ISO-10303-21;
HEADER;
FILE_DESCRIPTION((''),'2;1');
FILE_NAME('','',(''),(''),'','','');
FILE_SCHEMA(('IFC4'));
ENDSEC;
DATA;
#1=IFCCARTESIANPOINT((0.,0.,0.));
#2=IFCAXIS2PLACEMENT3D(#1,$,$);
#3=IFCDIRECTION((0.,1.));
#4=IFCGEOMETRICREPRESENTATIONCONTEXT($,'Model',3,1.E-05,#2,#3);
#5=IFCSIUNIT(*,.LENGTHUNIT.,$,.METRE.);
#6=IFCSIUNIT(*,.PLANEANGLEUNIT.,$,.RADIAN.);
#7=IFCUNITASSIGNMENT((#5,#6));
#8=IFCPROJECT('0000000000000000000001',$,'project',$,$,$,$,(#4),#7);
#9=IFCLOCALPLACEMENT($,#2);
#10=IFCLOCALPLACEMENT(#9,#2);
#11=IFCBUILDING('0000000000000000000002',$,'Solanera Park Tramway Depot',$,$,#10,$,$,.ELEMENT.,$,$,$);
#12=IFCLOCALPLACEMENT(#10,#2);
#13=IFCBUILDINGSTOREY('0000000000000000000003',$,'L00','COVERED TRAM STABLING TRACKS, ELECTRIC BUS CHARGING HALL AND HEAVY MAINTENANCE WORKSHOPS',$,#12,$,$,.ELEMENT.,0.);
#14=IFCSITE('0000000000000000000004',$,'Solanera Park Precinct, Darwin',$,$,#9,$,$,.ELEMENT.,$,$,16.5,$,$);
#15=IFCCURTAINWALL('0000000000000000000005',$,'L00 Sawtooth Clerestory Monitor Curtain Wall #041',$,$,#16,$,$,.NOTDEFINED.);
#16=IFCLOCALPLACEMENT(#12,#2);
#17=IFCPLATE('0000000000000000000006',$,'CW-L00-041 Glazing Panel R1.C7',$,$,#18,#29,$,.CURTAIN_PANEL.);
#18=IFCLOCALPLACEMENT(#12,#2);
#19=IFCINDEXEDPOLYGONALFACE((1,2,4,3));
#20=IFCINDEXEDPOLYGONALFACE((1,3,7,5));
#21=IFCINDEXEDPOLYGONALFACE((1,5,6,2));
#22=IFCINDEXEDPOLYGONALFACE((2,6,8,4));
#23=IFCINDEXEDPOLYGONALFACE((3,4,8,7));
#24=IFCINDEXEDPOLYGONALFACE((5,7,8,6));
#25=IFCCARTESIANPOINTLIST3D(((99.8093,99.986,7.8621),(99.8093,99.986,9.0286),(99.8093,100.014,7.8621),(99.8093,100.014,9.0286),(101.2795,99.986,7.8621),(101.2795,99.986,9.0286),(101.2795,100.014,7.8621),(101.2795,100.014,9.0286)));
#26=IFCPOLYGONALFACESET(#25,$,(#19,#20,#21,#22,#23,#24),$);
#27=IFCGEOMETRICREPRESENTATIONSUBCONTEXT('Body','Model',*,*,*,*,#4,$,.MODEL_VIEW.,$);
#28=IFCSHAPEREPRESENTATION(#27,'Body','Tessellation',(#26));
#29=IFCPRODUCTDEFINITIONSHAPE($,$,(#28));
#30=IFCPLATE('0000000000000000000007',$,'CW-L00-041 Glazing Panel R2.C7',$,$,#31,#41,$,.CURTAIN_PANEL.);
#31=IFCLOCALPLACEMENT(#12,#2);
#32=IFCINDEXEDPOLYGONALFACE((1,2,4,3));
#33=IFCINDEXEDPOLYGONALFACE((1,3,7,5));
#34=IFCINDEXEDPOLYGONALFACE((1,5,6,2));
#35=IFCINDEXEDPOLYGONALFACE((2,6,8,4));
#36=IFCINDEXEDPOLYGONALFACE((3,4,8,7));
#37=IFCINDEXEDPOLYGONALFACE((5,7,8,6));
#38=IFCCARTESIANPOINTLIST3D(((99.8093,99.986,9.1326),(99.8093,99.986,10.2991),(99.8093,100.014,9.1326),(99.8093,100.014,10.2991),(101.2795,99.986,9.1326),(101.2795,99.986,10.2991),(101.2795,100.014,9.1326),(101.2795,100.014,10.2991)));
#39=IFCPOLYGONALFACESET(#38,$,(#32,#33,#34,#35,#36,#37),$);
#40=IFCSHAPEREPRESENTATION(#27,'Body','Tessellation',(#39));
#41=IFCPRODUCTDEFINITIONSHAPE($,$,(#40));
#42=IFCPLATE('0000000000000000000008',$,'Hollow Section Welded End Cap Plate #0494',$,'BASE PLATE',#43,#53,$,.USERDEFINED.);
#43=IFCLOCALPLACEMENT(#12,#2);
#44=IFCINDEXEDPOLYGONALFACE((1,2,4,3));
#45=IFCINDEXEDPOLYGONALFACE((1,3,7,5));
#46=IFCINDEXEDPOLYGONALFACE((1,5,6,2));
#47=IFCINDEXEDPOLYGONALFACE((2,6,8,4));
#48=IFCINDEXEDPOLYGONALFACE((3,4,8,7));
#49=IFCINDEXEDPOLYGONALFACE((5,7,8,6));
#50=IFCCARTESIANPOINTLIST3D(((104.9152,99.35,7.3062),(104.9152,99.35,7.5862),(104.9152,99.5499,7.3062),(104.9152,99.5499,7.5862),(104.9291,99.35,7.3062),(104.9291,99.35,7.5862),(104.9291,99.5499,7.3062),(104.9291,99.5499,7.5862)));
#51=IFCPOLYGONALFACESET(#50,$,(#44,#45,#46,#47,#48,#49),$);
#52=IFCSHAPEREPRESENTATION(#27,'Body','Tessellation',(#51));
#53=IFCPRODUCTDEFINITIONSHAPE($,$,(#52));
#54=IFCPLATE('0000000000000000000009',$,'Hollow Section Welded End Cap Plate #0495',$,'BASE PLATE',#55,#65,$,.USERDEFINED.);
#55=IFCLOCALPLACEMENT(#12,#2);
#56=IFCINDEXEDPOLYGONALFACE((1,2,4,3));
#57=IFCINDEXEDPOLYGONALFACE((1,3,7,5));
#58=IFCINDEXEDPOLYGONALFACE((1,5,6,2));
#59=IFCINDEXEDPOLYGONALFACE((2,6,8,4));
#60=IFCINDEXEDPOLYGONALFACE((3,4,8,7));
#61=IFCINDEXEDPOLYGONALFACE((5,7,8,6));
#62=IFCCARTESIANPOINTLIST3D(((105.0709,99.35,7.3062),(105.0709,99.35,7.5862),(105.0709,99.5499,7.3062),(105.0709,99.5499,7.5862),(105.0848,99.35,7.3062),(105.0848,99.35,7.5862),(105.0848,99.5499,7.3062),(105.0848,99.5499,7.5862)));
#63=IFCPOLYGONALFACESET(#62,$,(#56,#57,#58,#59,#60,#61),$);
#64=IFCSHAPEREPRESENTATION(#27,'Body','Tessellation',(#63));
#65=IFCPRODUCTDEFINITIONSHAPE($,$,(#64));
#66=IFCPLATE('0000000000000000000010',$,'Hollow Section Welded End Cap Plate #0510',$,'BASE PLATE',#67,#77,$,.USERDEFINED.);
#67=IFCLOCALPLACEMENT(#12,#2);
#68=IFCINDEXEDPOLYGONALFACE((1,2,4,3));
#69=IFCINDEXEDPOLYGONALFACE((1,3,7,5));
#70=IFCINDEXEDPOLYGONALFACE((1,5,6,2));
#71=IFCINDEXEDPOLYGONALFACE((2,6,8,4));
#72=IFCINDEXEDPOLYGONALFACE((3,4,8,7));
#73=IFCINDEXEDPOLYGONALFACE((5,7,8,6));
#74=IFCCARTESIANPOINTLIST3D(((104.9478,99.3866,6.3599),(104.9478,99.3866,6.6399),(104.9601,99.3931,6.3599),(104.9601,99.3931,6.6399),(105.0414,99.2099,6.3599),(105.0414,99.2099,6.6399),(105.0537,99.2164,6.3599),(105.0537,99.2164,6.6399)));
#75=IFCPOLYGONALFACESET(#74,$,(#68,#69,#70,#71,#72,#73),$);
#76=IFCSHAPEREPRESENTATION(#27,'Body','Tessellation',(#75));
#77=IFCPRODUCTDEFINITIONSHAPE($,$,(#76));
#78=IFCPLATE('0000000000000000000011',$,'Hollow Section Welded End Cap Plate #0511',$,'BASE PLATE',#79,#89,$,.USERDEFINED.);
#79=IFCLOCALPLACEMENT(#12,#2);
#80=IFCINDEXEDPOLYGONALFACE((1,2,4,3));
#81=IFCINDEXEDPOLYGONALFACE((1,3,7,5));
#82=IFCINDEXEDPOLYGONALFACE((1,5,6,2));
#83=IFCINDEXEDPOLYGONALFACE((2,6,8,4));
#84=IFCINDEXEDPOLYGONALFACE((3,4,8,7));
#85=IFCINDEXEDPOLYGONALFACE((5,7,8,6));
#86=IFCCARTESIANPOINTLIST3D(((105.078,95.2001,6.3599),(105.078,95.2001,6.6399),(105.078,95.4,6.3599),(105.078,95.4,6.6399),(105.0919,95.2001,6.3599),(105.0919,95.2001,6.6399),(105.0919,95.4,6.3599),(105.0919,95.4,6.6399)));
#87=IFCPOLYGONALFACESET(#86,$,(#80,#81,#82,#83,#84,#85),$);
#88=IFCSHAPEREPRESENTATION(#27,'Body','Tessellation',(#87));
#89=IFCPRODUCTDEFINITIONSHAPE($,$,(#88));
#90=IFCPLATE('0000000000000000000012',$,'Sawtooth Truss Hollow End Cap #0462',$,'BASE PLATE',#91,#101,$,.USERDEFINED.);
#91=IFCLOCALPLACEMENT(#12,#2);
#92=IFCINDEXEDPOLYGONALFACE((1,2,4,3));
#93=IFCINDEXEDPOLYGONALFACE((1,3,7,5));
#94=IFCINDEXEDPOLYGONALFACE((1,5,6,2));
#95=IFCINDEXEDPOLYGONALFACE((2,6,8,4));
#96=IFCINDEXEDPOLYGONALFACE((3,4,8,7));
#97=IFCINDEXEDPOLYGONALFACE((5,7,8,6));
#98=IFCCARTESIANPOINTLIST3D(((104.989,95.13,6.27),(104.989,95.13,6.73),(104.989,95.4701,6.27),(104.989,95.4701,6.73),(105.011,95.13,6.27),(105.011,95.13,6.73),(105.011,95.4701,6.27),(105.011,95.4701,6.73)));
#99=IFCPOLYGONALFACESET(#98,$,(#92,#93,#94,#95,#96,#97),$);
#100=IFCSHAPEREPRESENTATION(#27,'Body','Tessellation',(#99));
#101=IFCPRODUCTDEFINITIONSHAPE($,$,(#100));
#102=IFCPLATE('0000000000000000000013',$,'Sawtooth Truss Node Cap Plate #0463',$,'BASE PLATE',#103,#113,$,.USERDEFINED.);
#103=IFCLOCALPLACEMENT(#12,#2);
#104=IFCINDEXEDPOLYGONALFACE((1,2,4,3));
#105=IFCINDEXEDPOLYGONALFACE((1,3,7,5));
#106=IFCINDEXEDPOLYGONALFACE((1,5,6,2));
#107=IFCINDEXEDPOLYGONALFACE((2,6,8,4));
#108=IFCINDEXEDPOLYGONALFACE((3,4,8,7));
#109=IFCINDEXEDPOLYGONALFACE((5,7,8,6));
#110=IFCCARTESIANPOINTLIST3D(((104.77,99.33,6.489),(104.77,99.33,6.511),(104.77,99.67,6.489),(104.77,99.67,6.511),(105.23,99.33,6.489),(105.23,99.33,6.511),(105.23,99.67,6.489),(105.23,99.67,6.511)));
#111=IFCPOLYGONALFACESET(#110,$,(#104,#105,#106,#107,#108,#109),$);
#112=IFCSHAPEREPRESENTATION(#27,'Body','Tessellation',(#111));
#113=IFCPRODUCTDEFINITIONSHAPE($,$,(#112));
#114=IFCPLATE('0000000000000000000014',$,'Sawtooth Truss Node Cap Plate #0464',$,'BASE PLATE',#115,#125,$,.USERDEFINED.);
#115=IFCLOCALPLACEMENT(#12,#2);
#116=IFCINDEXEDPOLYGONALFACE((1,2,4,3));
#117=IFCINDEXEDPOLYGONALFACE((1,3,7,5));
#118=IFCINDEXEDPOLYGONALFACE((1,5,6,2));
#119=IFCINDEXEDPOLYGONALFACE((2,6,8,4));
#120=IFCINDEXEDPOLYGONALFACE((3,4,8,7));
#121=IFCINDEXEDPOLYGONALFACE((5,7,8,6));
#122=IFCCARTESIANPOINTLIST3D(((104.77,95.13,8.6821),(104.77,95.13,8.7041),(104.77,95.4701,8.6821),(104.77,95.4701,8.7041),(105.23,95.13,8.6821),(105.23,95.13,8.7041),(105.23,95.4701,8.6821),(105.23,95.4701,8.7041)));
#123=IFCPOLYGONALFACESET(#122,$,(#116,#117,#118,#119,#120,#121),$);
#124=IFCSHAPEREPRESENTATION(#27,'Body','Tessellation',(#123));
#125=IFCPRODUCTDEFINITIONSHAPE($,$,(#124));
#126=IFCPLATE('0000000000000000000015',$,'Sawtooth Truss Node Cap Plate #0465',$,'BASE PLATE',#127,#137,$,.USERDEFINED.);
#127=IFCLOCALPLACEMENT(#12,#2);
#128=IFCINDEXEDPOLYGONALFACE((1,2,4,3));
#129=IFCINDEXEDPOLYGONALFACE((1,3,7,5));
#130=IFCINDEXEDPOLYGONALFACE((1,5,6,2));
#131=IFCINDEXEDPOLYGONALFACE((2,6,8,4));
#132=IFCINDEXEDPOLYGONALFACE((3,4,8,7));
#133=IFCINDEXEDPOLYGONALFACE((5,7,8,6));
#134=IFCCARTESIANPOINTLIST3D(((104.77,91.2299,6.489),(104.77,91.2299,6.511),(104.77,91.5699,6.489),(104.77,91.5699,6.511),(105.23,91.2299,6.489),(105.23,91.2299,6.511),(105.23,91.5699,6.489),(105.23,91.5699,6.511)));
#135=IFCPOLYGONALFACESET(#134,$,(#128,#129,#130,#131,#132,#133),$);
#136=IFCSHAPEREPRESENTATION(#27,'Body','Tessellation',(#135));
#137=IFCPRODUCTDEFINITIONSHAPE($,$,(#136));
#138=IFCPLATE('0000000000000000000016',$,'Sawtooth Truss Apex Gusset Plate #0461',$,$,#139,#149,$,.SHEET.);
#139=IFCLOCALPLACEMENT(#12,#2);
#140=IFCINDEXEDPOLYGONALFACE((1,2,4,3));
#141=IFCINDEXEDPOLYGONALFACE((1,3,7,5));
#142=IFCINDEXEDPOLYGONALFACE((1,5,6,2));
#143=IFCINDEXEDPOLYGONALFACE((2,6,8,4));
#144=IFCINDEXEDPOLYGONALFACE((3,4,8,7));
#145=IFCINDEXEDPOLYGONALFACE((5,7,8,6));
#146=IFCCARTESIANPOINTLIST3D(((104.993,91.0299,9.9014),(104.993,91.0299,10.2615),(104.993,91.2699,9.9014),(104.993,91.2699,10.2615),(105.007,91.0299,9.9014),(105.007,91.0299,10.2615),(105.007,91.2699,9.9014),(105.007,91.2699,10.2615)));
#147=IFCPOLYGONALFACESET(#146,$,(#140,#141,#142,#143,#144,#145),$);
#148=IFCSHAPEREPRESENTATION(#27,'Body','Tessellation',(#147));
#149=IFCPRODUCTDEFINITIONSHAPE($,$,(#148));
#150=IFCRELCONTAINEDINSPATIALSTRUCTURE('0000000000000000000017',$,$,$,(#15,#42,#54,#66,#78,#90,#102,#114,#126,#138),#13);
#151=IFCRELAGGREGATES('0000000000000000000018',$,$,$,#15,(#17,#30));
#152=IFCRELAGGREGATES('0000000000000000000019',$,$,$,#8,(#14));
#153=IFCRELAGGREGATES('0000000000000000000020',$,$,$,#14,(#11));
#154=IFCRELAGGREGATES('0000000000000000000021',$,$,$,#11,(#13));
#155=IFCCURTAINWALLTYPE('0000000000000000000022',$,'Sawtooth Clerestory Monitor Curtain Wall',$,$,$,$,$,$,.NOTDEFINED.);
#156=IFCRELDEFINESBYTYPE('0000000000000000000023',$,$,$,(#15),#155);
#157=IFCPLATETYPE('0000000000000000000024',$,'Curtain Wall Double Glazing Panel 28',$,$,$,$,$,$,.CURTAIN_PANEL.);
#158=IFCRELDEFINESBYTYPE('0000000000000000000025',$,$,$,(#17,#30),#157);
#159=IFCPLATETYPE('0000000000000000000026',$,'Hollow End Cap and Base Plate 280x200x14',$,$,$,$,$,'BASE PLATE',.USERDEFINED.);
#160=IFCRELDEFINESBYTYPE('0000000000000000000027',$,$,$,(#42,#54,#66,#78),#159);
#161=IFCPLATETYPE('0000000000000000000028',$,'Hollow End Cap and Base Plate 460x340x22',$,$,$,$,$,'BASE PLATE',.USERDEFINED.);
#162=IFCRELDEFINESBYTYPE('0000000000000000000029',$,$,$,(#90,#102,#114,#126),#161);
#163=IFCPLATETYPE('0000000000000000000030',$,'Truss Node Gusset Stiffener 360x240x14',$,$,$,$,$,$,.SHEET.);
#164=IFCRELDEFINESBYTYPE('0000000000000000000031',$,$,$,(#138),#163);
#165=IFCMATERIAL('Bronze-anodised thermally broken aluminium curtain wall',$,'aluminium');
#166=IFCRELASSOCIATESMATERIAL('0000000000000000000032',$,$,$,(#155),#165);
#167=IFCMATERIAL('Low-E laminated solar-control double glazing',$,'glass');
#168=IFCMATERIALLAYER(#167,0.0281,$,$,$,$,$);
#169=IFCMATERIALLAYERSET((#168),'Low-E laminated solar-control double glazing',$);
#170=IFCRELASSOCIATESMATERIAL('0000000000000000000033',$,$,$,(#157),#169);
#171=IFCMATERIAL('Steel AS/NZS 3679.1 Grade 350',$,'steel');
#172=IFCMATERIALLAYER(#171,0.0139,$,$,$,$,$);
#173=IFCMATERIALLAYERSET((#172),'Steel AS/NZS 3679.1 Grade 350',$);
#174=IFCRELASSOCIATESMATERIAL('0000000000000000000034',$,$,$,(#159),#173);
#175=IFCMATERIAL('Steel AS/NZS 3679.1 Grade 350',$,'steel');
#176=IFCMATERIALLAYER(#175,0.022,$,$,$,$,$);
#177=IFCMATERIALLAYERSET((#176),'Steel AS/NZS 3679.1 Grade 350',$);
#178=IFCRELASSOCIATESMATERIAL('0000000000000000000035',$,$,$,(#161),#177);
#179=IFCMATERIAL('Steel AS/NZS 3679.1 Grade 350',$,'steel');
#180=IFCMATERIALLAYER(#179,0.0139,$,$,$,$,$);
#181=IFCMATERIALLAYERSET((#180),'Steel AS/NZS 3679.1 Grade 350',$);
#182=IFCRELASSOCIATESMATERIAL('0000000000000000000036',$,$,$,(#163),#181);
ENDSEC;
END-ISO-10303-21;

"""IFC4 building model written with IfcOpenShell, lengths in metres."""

from ifc_helpers import new_model, si_unit, direction, frame, origin, origin_2d, place, context, subcontext, project, spatial, rectangle, extrude, material, layer, layer_set, type_object, element, aggregate, save


model = new_model("IFC4")

# Units and contexts
model_context = context("Model", 3, precision=1e-05, world=origin(), true_north=direction((0.0, 1.0)))
body_context = subcontext(model_context, "Body", "Model", "MODEL_VIEW")
ifc_project = project(units=[si_unit("LENGTHUNIT", "METRE"), si_unit("PLANEANGLEUNIT", "RADIAN")], contexts=[model_context])

# Site, building, storey
site_placement = place(None, origin())
site = spatial("IfcSite", under=ifc_project, at=site_placement, Name="Solanera Park Precinct, Darwin", CompositionType="ELEMENT", RefElevation=16.5)
building_placement = place(site_placement, origin())
building = spatial("IfcBuilding", under=site, at=building_placement, Name="Solanera Park Tramway Depot", CompositionType="ELEMENT")
storey_placement = place(building_placement, origin())
storey = spatial("IfcBuildingStorey", under=building, at=storey_placement, Name="L00", Description="COVERED TRAM STABLING TRACKS, ELECTRIC BUS CHARGING HALL AND HEAVY MAINTENANCE WORKSHOPS", CompositionType="ELEMENT", Elevation=0.0)

# Shared definitions
ifc_material_1 = material(Name="Bronze-anodised thermally broken aluminium curtain wall", Category="aluminium")
curtain_wall_type = type_object("IfcCurtainWallType", Name="Sawtooth Clerestory Monitor Curtain Wall", PredefinedType="NOTDEFINED", material=ifc_material_1)

# Curtain wall
curtain_wall_1_placement = place(storey_placement, origin())
curtain_wall_1 = element("IfcCurtainWall", 1, at=curtain_wall_1_placement, inside=storey, type_object=curtain_wall_type, Name="L00 Sawtooth Clerestory Monitor Curtain Wall #041", PredefinedType="NOTDEFINED")

# Plates
ifc_material_2 = material(Name="Low-E laminated solar-control double glazing", Category="glass")
ifc_layer_1 = layer(ifc_material_2, 0.0281)
ifc_layer_set_1 = layer_set([ifc_layer_1], Name="Low-E laminated solar-control double glazing")
plate_type_1 = type_object("IfcPlateType", Name="Curtain Wall Double Glazing Panel 28", PredefinedType="CURTAIN_PANEL", material=ifc_layer_set_1)
plate_1_placement = place(storey_placement, frame((100.5444, 100.0, 7.8621), z_axis=(0.0, 0.0, 1.0), x_axis=(1.0, 0.0, 0.0)))
plate_1 = element("IfcPlate", 2, at=plate_1_placement, type_object=plate_type_1, Name="CW-L00-041 Glazing Panel R1.C7", PredefinedType="CURTAIN_PANEL", context=body_context, shape_type="SweptSolid", body=[
    extrude(rectangle(XDim=1.4702, YDim=0.0281, at=origin_2d()), origin(), (0.0, 0.0, 1.0), 1.1665),
])
plate_2_placement = place(storey_placement, frame((100.5444, 100.0, 9.1326), z_axis=(0.0, 0.0, 1.0), x_axis=(1.0, 0.0, 0.0)))
plate_2 = element("IfcPlate", 3, at=plate_2_placement, type_object=plate_type_1, Name="CW-L00-041 Glazing Panel R2.C7", PredefinedType="CURTAIN_PANEL", context=body_context, shape_type="SweptSolid", body=[
    extrude(rectangle(XDim=1.4702, YDim=0.0281, at=origin_2d()), origin(), (0.0, 0.0, 1.0), 1.1665),
])
aggregate(curtain_wall_1, [plate_1, plate_2])

# Plates
ifc_material_3 = material(Name="Steel AS/NZS 3679.1 Grade 350", Category="steel")
ifc_layer_2 = layer(ifc_material_3, 0.0139)
ifc_layer_set_2 = layer_set([ifc_layer_2], Name="Steel AS/NZS 3679.1 Grade 350")
plate_type_2 = type_object("IfcPlateType", Name="Hollow End Cap and Base Plate 280x200x14", ElementType="BASE PLATE", PredefinedType="USERDEFINED", material=ifc_layer_set_2)
for number, where, z_axis, x_axis, name in (
    (4, (104.9221, 99.45, 7.3062), (0.0, 0.0, 1.0), (1.0, 0.0, 0.0), "Hollow Section Welded End Cap Plate #0494"),
    (5, (105.0779, 99.45, 7.3062), (0.0, 0.0, 1.0), (1.0, 0.0, 0.0), "Hollow Section Welded End Cap Plate #0495"),
    (6, (105.0007, 99.3015, 6.3599), (0.0, 0.0, 1.0), (0.883521, 0.468392, 0.0), "Hollow Section Welded End Cap Plate #0510"),
    (7, (105.085, 95.3, 6.3599), (0.0, 0.0, 1.0), (1.0, 0.0, 0.0), "Hollow Section Welded End Cap Plate #0511"),
):
    element("IfcPlate", number, at=place(storey_placement, frame(where, z_axis=z_axis, x_axis=x_axis)), inside=storey, type_object=plate_type_2, Name=name, ObjectType="BASE PLATE", PredefinedType="USERDEFINED", context=body_context, shape_type="SweptSolid", body=[
        extrude(rectangle(XDim=0.0139, YDim=0.2, at=origin_2d()), origin(), (0.0, 0.0, 1.0), 0.28),
    ])
ifc_material_4 = material(Name="Steel AS/NZS 3679.1 Grade 350", Category="steel")
ifc_layer_3 = layer(ifc_material_4, 0.022)
ifc_layer_set_3 = layer_set([ifc_layer_3], Name="Steel AS/NZS 3679.1 Grade 350")
plate_type_3 = type_object("IfcPlateType", Name="Hollow End Cap and Base Plate 460x340x22", ElementType="BASE PLATE", PredefinedType="USERDEFINED", material=ifc_layer_set_3)
plate_3_placement = place(storey_placement, frame((105.0, 95.3, 6.27), z_axis=(0.0, 0.0, 1.0), x_axis=(1.0, 0.0, 0.0)))
element("IfcPlate", 8, at=plate_3_placement, inside=storey, type_object=plate_type_3, Name="Sawtooth Truss Hollow End Cap #0462", ObjectType="BASE PLATE", PredefinedType="USERDEFINED", context=body_context, shape_type="SweptSolid", body=[
    extrude(rectangle(XDim=0.022, YDim=0.3401, at=origin_2d()), origin(), (0.0, 0.0, 1.0), 0.46),
])
for number, where, z_axis, x_axis, name in (
    (9, (105.0, 99.5, 6.489), (0.0, 0.0, 1.0), (1.0, 0.0, 0.0), "Sawtooth Truss Node Cap Plate #0463"),
    (10, (105.0, 95.3, 8.6821), (0.0, 0.0, 1.0), (1.0, 0.0, 0.0), "Sawtooth Truss Node Cap Plate #0464"),
    (11, (105.0, 91.3999, 6.489), (0.0, 0.0, 1.0), (1.0, 0.0, 0.0), "Sawtooth Truss Node Cap Plate #0465"),
):
    element("IfcPlate", number, at=place(storey_placement, frame(where, z_axis=z_axis, x_axis=x_axis)), inside=storey, type_object=plate_type_3, Name=name, ObjectType="BASE PLATE", PredefinedType="USERDEFINED", context=body_context, shape_type="SweptSolid", body=[
        extrude(rectangle(XDim=0.46, YDim=0.3401, at=origin_2d()), origin(), (0.0, 0.0, 1.0), 0.022),
    ])
ifc_material_5 = material(Name="Steel AS/NZS 3679.1 Grade 350", Category="steel")
ifc_layer_4 = layer(ifc_material_5, 0.0139)
ifc_layer_set_4 = layer_set([ifc_layer_4], Name="Steel AS/NZS 3679.1 Grade 350")
plate_type_4 = type_object("IfcPlateType", Name="Truss Node Gusset Stiffener 360x240x14", PredefinedType="SHEET", material=ifc_layer_set_4)
plate_4_placement = place(storey_placement, frame((105.0, 91.1499, 9.9014), z_axis=(0.0, 0.0, 1.0), x_axis=(1.0, 0.0, 0.0)))
element("IfcPlate", 12, at=plate_4_placement, inside=storey, type_object=plate_type_4, Name="Sawtooth Truss Apex Gusset Plate #0461", PredefinedType="SHEET", context=body_context, shape_type="SweptSolid", body=[
    extrude(rectangle(XDim=0.0139, YDim=0.24, at=origin_2d()), origin(), (0.0, 0.0, 1.0), 0.3601),
])

save(model, "model.ifc")
